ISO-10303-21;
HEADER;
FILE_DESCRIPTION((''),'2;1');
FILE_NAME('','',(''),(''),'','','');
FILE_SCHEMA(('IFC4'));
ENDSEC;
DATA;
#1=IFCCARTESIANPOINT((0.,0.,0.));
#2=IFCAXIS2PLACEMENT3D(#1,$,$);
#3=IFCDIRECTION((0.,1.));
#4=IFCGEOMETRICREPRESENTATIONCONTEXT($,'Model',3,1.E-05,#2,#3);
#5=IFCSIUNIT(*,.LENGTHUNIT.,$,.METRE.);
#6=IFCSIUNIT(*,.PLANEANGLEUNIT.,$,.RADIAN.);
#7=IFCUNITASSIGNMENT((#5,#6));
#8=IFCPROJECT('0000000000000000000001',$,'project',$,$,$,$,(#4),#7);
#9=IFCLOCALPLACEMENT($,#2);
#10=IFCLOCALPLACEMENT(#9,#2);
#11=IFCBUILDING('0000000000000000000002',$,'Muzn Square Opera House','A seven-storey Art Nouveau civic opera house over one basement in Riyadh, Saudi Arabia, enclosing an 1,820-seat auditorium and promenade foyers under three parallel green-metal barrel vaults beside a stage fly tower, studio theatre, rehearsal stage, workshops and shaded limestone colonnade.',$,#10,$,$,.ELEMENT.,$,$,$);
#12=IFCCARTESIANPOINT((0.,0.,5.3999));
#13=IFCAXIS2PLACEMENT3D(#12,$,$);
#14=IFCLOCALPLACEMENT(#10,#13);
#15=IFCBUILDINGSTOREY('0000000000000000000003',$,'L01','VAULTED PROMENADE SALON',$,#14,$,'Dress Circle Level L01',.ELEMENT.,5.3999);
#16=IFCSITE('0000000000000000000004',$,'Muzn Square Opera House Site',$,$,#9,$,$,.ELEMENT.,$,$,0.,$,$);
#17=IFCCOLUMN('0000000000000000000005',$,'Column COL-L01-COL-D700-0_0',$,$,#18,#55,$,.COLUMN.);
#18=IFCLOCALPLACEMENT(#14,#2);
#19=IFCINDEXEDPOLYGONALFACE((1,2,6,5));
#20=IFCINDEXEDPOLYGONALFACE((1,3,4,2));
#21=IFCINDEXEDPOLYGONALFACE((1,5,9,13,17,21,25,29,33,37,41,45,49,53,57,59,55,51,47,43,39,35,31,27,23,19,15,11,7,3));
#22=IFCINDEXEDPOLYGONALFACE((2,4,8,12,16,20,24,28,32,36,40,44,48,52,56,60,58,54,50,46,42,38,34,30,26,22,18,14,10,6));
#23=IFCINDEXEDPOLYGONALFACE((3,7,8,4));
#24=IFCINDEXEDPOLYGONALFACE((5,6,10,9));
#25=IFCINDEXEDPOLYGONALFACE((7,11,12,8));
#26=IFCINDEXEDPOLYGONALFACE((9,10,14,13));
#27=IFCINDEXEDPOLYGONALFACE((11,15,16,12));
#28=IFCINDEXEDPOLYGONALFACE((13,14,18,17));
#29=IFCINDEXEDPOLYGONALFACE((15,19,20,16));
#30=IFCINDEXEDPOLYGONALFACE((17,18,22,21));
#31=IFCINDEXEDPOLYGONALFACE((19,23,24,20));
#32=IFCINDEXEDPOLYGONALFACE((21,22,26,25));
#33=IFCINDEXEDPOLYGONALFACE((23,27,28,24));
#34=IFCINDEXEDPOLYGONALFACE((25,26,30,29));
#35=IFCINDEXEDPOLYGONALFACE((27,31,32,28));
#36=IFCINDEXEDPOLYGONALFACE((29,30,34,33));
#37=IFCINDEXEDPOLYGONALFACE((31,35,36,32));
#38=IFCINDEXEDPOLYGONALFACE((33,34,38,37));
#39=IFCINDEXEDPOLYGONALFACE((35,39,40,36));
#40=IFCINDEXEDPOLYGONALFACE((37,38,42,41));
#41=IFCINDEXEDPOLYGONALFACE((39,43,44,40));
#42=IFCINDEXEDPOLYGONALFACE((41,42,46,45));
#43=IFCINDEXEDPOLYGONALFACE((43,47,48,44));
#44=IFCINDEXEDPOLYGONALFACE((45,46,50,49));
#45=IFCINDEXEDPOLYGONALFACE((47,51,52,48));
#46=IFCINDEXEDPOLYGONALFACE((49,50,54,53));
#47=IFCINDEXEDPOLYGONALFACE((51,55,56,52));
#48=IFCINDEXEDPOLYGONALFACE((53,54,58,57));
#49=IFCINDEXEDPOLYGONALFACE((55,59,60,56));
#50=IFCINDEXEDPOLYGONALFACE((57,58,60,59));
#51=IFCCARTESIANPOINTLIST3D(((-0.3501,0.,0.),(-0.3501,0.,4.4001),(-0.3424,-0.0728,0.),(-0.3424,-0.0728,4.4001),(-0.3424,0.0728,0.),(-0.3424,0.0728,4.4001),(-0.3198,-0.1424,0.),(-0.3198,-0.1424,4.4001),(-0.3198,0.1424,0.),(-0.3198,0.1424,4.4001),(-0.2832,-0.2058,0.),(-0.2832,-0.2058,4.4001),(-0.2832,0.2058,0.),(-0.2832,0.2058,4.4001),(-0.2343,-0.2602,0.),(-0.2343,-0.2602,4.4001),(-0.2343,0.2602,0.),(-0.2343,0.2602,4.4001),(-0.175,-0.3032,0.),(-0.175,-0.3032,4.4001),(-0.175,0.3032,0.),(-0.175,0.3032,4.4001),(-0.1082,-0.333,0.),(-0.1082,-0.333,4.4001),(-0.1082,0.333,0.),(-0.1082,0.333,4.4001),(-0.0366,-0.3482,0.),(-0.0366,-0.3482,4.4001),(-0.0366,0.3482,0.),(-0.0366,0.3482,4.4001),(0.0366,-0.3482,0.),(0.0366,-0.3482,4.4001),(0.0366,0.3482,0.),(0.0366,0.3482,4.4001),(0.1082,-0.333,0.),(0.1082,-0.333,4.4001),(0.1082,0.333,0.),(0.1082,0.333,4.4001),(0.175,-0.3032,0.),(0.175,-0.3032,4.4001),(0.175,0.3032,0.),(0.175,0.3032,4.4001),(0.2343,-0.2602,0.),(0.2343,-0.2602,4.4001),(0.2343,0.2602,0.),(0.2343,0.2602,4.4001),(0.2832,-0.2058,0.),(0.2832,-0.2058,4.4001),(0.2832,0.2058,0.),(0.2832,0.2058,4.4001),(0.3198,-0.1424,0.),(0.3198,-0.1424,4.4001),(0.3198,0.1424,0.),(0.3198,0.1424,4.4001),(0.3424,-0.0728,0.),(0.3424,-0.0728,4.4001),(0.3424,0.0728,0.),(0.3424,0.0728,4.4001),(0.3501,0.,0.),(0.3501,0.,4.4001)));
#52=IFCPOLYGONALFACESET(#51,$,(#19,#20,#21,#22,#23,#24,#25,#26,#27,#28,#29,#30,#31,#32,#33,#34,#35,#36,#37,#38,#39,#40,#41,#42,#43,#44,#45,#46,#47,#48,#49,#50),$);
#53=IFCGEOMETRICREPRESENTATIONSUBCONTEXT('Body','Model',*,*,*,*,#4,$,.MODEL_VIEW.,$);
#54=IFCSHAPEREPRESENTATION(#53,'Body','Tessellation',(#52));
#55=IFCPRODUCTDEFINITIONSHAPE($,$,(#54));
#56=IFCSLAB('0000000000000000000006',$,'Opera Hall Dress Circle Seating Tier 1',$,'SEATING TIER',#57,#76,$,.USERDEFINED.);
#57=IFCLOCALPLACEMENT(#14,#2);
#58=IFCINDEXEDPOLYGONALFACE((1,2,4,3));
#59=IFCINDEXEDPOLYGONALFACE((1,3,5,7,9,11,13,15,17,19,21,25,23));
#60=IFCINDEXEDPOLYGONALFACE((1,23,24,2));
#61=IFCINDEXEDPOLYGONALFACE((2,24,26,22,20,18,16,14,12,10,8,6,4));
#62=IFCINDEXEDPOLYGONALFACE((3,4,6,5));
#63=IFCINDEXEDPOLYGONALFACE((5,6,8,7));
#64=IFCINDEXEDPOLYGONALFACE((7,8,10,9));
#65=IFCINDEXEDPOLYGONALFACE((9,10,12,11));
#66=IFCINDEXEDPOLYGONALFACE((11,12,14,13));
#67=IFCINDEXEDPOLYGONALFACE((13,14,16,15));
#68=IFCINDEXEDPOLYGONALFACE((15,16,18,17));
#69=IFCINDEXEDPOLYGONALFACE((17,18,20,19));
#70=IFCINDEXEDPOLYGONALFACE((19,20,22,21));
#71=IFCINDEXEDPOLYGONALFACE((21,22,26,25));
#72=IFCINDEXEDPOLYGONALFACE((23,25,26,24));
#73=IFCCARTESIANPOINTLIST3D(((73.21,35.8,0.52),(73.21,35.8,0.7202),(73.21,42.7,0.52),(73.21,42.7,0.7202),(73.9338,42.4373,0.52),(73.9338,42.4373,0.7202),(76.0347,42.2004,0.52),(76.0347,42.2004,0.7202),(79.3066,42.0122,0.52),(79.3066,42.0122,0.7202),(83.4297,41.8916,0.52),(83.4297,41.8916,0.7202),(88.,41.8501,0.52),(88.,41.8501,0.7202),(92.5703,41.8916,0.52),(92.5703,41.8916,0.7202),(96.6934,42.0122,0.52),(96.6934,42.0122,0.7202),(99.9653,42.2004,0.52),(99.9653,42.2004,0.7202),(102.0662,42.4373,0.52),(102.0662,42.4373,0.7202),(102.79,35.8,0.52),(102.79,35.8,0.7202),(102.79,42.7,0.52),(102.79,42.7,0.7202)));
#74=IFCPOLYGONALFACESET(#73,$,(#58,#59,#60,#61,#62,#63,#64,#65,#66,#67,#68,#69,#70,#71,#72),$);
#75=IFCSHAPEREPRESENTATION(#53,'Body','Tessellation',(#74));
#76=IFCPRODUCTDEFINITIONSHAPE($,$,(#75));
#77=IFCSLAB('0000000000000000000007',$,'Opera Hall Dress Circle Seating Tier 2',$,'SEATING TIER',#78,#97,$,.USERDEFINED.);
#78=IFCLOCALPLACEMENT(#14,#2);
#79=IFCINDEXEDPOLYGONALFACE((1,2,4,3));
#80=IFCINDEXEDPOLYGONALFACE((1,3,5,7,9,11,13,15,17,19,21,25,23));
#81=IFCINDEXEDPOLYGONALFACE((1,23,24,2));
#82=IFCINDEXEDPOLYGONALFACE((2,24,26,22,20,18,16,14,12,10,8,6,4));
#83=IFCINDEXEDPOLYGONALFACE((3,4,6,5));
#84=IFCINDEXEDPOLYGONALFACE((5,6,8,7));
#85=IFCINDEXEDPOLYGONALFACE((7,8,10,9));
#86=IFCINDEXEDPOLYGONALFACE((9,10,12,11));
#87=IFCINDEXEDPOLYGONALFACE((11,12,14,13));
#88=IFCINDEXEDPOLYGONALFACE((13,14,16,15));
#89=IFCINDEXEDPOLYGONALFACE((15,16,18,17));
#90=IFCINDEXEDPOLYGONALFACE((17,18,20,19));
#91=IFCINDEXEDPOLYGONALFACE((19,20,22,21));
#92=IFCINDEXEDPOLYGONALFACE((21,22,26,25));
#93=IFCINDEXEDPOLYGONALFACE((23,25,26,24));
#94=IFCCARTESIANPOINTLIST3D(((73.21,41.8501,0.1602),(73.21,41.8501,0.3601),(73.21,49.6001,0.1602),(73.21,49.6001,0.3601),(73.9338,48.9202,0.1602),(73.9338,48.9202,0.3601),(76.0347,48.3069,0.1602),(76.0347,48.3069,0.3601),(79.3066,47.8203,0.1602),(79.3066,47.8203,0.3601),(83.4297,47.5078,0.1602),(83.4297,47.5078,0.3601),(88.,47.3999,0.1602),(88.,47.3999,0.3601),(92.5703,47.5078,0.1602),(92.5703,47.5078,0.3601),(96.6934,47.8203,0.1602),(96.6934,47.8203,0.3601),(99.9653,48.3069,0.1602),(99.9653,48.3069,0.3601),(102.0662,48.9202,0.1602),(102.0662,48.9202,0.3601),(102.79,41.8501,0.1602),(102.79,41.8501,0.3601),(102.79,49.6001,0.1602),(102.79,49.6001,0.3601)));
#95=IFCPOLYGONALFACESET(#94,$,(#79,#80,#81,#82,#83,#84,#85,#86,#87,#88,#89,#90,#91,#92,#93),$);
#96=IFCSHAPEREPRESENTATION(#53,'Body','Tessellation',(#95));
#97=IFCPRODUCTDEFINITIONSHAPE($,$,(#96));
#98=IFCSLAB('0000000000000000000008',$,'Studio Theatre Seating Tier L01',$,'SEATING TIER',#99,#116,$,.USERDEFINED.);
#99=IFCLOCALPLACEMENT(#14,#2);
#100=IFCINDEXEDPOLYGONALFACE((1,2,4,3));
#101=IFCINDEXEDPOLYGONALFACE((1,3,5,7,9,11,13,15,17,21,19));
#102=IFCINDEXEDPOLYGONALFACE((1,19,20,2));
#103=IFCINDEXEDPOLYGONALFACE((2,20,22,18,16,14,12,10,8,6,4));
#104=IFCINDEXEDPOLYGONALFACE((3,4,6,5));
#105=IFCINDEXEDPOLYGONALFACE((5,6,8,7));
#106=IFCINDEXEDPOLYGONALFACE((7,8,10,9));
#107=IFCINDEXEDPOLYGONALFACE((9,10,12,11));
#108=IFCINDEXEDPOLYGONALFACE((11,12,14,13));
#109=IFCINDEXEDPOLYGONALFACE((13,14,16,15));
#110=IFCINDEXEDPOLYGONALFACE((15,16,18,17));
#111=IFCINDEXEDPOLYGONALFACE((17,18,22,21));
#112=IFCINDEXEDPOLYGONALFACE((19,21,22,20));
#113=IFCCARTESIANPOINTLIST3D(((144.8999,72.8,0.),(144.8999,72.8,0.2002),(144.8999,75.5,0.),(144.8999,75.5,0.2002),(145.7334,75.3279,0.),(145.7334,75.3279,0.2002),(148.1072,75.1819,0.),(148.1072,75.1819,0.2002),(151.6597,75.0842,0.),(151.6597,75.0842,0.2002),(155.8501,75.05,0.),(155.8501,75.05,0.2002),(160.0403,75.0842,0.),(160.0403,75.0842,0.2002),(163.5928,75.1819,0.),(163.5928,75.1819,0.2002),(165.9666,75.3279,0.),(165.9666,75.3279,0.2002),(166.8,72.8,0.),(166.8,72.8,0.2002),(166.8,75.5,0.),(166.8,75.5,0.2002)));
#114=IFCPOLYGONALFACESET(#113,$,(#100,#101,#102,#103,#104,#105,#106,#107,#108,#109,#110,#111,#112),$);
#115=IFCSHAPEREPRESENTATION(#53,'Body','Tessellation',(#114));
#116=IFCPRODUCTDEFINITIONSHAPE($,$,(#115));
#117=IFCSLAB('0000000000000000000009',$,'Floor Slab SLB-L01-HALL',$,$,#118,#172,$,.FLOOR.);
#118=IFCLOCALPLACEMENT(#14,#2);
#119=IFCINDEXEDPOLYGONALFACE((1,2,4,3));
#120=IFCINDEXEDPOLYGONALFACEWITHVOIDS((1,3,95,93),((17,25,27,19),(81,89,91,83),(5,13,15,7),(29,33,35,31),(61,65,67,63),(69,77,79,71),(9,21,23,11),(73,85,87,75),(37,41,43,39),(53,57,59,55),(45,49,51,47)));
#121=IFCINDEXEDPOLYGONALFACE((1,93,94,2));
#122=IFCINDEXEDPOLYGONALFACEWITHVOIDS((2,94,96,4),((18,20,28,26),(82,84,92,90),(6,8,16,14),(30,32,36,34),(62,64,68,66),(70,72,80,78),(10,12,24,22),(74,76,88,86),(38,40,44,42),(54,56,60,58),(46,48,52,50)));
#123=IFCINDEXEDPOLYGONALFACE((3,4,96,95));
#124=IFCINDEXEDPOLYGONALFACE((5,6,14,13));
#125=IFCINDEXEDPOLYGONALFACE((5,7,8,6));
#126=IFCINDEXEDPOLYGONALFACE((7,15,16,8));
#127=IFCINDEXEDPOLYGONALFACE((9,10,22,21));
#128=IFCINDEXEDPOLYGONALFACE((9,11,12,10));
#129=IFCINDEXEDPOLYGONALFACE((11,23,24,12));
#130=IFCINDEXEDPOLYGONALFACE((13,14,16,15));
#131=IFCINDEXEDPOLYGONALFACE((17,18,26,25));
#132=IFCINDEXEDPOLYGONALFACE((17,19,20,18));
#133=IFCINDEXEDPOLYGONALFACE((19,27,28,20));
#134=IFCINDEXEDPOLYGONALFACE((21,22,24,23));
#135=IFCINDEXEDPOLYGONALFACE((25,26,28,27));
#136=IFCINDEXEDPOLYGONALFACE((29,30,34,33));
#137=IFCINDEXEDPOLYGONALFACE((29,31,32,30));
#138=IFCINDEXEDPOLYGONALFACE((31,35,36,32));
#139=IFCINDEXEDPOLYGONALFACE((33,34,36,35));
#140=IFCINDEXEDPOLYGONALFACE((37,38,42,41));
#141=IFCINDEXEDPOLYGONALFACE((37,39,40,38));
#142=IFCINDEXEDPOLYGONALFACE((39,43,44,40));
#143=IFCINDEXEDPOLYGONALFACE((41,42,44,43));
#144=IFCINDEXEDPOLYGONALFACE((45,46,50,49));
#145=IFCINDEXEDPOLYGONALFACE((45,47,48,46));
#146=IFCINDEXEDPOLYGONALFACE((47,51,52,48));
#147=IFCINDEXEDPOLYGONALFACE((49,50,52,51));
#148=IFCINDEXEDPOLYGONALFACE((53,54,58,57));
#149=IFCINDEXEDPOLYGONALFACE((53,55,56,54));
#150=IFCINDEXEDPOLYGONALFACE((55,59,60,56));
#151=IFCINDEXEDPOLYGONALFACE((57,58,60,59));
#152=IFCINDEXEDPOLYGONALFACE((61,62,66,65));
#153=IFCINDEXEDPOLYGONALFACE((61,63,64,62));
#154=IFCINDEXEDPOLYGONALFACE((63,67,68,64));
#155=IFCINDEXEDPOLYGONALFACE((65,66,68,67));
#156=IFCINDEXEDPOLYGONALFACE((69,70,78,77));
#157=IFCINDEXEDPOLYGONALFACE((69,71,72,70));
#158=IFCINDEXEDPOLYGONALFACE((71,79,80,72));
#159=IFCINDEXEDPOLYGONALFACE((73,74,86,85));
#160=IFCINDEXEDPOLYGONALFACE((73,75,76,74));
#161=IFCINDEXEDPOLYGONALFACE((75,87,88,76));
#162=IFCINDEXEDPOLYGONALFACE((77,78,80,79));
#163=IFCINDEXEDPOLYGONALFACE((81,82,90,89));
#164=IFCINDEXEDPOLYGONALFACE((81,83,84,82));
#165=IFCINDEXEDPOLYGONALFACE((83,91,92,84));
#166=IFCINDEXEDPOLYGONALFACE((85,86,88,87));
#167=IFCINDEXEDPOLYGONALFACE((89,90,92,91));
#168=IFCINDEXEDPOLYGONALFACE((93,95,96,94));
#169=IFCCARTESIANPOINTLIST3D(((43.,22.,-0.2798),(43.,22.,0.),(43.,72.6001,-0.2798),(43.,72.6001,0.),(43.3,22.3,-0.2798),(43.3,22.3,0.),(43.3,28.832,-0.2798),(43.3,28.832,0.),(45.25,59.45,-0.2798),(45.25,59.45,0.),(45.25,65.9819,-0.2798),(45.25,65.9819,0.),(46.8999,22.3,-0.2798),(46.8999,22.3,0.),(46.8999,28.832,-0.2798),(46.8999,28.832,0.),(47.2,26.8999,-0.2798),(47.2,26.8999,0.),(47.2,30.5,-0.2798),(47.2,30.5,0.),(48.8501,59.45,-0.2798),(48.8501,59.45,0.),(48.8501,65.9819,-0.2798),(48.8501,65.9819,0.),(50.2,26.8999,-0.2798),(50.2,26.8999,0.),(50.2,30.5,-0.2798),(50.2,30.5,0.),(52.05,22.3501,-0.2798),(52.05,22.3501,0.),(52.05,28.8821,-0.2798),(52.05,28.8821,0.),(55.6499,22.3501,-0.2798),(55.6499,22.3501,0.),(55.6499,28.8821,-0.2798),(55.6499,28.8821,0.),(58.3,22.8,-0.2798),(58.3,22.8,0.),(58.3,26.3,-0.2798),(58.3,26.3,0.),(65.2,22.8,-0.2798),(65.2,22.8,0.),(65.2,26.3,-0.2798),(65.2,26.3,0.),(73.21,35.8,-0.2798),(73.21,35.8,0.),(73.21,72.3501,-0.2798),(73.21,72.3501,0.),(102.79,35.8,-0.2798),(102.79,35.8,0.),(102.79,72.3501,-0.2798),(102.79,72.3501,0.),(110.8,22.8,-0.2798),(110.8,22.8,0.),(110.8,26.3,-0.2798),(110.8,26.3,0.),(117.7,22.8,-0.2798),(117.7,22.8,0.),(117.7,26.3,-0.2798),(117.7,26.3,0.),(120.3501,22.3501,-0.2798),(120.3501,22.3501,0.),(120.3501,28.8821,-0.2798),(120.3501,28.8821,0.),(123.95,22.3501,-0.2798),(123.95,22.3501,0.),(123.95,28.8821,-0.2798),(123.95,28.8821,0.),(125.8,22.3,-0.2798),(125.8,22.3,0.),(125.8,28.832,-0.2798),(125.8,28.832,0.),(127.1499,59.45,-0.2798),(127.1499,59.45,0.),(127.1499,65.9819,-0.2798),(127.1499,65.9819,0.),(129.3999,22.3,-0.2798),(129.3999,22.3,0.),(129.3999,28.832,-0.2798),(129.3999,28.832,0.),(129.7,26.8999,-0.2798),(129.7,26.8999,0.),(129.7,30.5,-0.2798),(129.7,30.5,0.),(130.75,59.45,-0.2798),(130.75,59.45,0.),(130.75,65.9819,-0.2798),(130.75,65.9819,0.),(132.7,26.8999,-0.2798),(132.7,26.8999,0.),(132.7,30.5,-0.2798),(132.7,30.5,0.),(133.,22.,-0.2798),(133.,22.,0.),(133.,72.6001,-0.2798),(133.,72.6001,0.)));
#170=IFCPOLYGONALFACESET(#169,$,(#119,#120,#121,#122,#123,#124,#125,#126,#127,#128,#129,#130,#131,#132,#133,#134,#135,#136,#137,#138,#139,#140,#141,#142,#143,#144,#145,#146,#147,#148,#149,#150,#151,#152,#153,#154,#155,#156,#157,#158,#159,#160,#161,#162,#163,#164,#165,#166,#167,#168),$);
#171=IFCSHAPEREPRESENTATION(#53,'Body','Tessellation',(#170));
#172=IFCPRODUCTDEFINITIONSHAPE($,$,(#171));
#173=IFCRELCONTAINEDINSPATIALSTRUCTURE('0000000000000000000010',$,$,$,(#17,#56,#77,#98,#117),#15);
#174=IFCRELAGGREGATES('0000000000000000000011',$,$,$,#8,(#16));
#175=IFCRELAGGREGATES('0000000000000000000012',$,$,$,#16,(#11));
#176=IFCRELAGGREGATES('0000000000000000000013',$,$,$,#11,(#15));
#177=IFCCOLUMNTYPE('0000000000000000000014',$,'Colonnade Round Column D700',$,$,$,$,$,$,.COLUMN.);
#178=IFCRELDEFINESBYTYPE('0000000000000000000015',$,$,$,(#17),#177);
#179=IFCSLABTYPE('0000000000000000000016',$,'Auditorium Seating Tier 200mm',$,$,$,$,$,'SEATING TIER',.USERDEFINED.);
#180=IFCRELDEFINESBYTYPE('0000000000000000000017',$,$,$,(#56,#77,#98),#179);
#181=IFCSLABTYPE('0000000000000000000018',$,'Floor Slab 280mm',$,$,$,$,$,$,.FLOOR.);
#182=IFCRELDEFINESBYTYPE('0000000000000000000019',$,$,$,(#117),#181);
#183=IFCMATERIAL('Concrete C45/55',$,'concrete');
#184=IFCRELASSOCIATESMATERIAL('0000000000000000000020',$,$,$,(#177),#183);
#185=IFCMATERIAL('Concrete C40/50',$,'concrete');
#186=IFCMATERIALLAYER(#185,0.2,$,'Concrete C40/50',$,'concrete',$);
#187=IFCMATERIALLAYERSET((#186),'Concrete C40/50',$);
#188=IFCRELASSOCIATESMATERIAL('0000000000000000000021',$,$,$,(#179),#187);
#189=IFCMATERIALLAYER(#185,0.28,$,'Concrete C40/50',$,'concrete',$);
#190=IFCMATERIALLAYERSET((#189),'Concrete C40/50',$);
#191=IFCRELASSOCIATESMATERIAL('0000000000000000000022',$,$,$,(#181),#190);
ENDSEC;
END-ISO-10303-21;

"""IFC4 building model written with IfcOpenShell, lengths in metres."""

from ifc_helpers import new_model, si_unit, direction, frame, origin, origin_with_axes, origin_2d, place, context, subcontext, project, spatial, polyline, circle, outline, extrude, material, layer, layer_set, material_profile, profile_set, type_object, element, save


model = new_model("IFC4")

# Units and contexts
model_context = context("Model", 3, precision=1e-05, world=origin(), true_north=direction((0.0, 1.0)))
body_context = subcontext(model_context, "Body", "Model", "MODEL_VIEW")
ifc_project = project(units=[si_unit("LENGTHUNIT", "METRE"), si_unit("PLANEANGLEUNIT", "RADIAN")], contexts=[model_context])

# Site, building, storey
site_placement = place(None, origin())
site = spatial("IfcSite", under=ifc_project, at=site_placement, Name="Muzn Square Opera House Site", CompositionType="ELEMENT", RefElevation=0.0)
building_placement = place(site_placement, origin())
building = spatial("IfcBuilding", under=site, at=building_placement, Name="Muzn Square Opera House", Description="A seven-storey Art Nouveau civic opera house over one basement in Riyadh, Saudi Arabia, enclosing an 1,820-seat auditorium and promenade foyers under three parallel green-metal barrel vaults beside a stage fly tower, studio theatre, rehearsal stage, workshops and shaded limestone colonnade.", CompositionType="ELEMENT")
storey_placement = place(building_placement, frame((0.0, 0.0, 5.3999)))
storey = spatial("IfcBuildingStorey", under=building, at=storey_placement, Name="L01", Description="VAULTED PROMENADE SALON", LongName="Dress Circle Level L01", CompositionType="ELEMENT", Elevation=5.3999)

# Column
ifc_material_1 = material(Name="Concrete C45/55", Category="concrete")
ifc_material_profile = material_profile(ifc_material_1, circle(Radius=0.3501, at=origin_2d()), Name="RCC D700", Category="concrete")
ifc_profile_set = profile_set([ifc_material_profile], Name="Concrete C45/55")
column_type = type_object("IfcColumnType", Name="Colonnade Round Column D700", PredefinedType="COLUMN", material=ifc_profile_set)
column_placement = place(storey_placement, origin_with_axes())
element("IfcColumn", 1, at=column_placement, inside=storey, type_object=column_type, Name="Column COL-L01-COL-D700-0_0", PredefinedType="COLUMN", context=body_context, shape_type="SweptSolid", body=[
    extrude(circle(Radius=0.3501, at=origin_2d()), origin(), (0.0, 0.0, 1.0), 4.4001),
])

# Slabs
ifc_material_2 = material(Name="Concrete C40/50", Category="concrete")
ifc_layer_1 = layer(ifc_material_2, 0.2, Name="Concrete C40/50", Category="concrete")
ifc_layer_set_1 = layer_set([ifc_layer_1], Name="Concrete C40/50")
slab_type_1 = type_object("IfcSlabType", Name="Auditorium Seating Tier 200mm", ElementType="SEATING TIER", PredefinedType="USERDEFINED", material=ifc_layer_set_1)
slab_1_placement = place(storey_placement, frame((0.0, 0.0, 0.52)))
element("IfcSlab", 2, at=slab_1_placement, inside=storey, type_object=slab_type_1, Name="Opera Hall Dress Circle Seating Tier 1", ObjectType="SEATING TIER", PredefinedType="USERDEFINED", context=body_context, shape_type="SweptSolid", body=[
    extrude(outline(polyline([(73.21, 35.8), (102.79, 35.8), (102.79, 42.7), (102.0662, 42.4373), (99.9653, 42.2004), (96.6934, 42.0122), (92.5703, 41.8916), (88.0, 41.8501), (83.4297, 41.8916), (79.3066, 42.0122), (76.0347, 42.2004), (73.9338, 42.4373), (73.21, 42.7), (73.21, 35.8)])), origin(), (0.0, 0.0, 1.0), 0.2002),
])
slab_2_placement = place(storey_placement, frame((0.0, 0.0, 0.1602)))
element("IfcSlab", 3, at=slab_2_placement, inside=storey, type_object=slab_type_1, Name="Opera Hall Dress Circle Seating Tier 2", ObjectType="SEATING TIER", PredefinedType="USERDEFINED", context=body_context, shape_type="SweptSolid", body=[
    extrude(outline(polyline([(73.21, 41.8501), (102.79, 41.8501), (102.79, 49.6001), (102.0662, 48.9202), (99.9653, 48.3069), (96.6934, 47.8203), (92.5703, 47.5078), (88.0, 47.3999), (83.4297, 47.5078), (79.3066, 47.8203), (76.0347, 48.3069), (73.9338, 48.9202), (73.21, 49.6001), (73.21, 41.8501)])), origin(), (0.0, 0.0, 1.0), 0.2),
])
slab_3_placement = place(storey_placement, origin())
element("IfcSlab", 4, at=slab_3_placement, inside=storey, type_object=slab_type_1, Name="Studio Theatre Seating Tier L01", ObjectType="SEATING TIER", PredefinedType="USERDEFINED", context=body_context, shape_type="SweptSolid", body=[
    extrude(outline(polyline([(144.8999, 72.8), (166.8, 72.8), (166.8, 75.5), (165.9666, 75.3279), (163.5928, 75.1819), (160.0403, 75.0842), (155.8501, 75.05), (151.6597, 75.0842), (148.1072, 75.1819), (145.7334, 75.3279), (144.8999, 75.5), (144.8999, 72.8)])), origin(), (0.0, 0.0, 1.0), 0.2002),
])
ifc_layer_2 = layer(ifc_material_2, 0.28, Name="Concrete C40/50", Category="concrete")
ifc_layer_set_2 = layer_set([ifc_layer_2], Name="Concrete C40/50")
slab_type_2 = type_object("IfcSlabType", Name="Floor Slab 280mm", PredefinedType="FLOOR", material=ifc_layer_set_2)
slab_4_placement = place(storey_placement, frame((0.0, 0.0, -0.2798)))
element("IfcSlab", 5, at=slab_4_placement, inside=storey, type_object=slab_type_2, Name="Floor Slab SLB-L01-HALL", PredefinedType="FLOOR", context=body_context, shape_type="SweptSolid", body=[
    extrude(outline(polyline([(43.0, 22.0), (133.0, 22.0), (133.0, 72.6001), (43.0, 72.6001), (43.0, 22.0)]), holes=[polyline([(73.21, 35.8), (102.79, 35.8), (102.79, 72.3501), (73.21, 72.3501), (73.21, 35.8)]), polyline([(43.3, 22.3), (46.8999, 22.3), (46.8999, 28.832), (43.3, 28.832), (43.3, 22.3)]), polyline([(47.2, 26.8999), (50.2, 26.8999), (50.2, 30.5), (47.2, 30.5), (47.2, 26.8999)]), polyline([(125.8, 22.3), (129.3999, 22.3), (129.3999, 28.832), (125.8, 28.832), (125.8, 22.3)]), polyline([(129.7, 26.8999), (132.7, 26.8999), (132.7, 30.5), (129.7, 30.5), (129.7, 26.8999)]), polyline([(58.3, 22.8), (65.2, 22.8), (65.2, 26.3), (58.3, 26.3), (58.3, 22.8)]), polyline([(110.8, 22.8), (117.7, 22.8), (117.7, 26.3), (110.8, 26.3), (110.8, 22.8)]), polyline([(45.25, 59.45), (48.8501, 59.45), (48.8501, 65.9819), (45.25, 65.9819), (45.25, 59.45)]), polyline([(127.1499, 59.45), (130.75, 59.45), (130.75, 65.9819), (127.1499, 65.9819), (127.1499, 59.45)]), polyline([(52.05, 22.3501), (55.6499, 22.3501), (55.6499, 28.8821), (52.05, 28.8821), (52.05, 22.3501)]), polyline([(120.3501, 22.3501), (123.95, 22.3501), (123.95, 28.8821), (120.3501, 28.8821), (120.3501, 22.3501)])]), origin(), (0.0, 0.0, 1.0), 0.2798),
])

save(model, "model.ifc")
